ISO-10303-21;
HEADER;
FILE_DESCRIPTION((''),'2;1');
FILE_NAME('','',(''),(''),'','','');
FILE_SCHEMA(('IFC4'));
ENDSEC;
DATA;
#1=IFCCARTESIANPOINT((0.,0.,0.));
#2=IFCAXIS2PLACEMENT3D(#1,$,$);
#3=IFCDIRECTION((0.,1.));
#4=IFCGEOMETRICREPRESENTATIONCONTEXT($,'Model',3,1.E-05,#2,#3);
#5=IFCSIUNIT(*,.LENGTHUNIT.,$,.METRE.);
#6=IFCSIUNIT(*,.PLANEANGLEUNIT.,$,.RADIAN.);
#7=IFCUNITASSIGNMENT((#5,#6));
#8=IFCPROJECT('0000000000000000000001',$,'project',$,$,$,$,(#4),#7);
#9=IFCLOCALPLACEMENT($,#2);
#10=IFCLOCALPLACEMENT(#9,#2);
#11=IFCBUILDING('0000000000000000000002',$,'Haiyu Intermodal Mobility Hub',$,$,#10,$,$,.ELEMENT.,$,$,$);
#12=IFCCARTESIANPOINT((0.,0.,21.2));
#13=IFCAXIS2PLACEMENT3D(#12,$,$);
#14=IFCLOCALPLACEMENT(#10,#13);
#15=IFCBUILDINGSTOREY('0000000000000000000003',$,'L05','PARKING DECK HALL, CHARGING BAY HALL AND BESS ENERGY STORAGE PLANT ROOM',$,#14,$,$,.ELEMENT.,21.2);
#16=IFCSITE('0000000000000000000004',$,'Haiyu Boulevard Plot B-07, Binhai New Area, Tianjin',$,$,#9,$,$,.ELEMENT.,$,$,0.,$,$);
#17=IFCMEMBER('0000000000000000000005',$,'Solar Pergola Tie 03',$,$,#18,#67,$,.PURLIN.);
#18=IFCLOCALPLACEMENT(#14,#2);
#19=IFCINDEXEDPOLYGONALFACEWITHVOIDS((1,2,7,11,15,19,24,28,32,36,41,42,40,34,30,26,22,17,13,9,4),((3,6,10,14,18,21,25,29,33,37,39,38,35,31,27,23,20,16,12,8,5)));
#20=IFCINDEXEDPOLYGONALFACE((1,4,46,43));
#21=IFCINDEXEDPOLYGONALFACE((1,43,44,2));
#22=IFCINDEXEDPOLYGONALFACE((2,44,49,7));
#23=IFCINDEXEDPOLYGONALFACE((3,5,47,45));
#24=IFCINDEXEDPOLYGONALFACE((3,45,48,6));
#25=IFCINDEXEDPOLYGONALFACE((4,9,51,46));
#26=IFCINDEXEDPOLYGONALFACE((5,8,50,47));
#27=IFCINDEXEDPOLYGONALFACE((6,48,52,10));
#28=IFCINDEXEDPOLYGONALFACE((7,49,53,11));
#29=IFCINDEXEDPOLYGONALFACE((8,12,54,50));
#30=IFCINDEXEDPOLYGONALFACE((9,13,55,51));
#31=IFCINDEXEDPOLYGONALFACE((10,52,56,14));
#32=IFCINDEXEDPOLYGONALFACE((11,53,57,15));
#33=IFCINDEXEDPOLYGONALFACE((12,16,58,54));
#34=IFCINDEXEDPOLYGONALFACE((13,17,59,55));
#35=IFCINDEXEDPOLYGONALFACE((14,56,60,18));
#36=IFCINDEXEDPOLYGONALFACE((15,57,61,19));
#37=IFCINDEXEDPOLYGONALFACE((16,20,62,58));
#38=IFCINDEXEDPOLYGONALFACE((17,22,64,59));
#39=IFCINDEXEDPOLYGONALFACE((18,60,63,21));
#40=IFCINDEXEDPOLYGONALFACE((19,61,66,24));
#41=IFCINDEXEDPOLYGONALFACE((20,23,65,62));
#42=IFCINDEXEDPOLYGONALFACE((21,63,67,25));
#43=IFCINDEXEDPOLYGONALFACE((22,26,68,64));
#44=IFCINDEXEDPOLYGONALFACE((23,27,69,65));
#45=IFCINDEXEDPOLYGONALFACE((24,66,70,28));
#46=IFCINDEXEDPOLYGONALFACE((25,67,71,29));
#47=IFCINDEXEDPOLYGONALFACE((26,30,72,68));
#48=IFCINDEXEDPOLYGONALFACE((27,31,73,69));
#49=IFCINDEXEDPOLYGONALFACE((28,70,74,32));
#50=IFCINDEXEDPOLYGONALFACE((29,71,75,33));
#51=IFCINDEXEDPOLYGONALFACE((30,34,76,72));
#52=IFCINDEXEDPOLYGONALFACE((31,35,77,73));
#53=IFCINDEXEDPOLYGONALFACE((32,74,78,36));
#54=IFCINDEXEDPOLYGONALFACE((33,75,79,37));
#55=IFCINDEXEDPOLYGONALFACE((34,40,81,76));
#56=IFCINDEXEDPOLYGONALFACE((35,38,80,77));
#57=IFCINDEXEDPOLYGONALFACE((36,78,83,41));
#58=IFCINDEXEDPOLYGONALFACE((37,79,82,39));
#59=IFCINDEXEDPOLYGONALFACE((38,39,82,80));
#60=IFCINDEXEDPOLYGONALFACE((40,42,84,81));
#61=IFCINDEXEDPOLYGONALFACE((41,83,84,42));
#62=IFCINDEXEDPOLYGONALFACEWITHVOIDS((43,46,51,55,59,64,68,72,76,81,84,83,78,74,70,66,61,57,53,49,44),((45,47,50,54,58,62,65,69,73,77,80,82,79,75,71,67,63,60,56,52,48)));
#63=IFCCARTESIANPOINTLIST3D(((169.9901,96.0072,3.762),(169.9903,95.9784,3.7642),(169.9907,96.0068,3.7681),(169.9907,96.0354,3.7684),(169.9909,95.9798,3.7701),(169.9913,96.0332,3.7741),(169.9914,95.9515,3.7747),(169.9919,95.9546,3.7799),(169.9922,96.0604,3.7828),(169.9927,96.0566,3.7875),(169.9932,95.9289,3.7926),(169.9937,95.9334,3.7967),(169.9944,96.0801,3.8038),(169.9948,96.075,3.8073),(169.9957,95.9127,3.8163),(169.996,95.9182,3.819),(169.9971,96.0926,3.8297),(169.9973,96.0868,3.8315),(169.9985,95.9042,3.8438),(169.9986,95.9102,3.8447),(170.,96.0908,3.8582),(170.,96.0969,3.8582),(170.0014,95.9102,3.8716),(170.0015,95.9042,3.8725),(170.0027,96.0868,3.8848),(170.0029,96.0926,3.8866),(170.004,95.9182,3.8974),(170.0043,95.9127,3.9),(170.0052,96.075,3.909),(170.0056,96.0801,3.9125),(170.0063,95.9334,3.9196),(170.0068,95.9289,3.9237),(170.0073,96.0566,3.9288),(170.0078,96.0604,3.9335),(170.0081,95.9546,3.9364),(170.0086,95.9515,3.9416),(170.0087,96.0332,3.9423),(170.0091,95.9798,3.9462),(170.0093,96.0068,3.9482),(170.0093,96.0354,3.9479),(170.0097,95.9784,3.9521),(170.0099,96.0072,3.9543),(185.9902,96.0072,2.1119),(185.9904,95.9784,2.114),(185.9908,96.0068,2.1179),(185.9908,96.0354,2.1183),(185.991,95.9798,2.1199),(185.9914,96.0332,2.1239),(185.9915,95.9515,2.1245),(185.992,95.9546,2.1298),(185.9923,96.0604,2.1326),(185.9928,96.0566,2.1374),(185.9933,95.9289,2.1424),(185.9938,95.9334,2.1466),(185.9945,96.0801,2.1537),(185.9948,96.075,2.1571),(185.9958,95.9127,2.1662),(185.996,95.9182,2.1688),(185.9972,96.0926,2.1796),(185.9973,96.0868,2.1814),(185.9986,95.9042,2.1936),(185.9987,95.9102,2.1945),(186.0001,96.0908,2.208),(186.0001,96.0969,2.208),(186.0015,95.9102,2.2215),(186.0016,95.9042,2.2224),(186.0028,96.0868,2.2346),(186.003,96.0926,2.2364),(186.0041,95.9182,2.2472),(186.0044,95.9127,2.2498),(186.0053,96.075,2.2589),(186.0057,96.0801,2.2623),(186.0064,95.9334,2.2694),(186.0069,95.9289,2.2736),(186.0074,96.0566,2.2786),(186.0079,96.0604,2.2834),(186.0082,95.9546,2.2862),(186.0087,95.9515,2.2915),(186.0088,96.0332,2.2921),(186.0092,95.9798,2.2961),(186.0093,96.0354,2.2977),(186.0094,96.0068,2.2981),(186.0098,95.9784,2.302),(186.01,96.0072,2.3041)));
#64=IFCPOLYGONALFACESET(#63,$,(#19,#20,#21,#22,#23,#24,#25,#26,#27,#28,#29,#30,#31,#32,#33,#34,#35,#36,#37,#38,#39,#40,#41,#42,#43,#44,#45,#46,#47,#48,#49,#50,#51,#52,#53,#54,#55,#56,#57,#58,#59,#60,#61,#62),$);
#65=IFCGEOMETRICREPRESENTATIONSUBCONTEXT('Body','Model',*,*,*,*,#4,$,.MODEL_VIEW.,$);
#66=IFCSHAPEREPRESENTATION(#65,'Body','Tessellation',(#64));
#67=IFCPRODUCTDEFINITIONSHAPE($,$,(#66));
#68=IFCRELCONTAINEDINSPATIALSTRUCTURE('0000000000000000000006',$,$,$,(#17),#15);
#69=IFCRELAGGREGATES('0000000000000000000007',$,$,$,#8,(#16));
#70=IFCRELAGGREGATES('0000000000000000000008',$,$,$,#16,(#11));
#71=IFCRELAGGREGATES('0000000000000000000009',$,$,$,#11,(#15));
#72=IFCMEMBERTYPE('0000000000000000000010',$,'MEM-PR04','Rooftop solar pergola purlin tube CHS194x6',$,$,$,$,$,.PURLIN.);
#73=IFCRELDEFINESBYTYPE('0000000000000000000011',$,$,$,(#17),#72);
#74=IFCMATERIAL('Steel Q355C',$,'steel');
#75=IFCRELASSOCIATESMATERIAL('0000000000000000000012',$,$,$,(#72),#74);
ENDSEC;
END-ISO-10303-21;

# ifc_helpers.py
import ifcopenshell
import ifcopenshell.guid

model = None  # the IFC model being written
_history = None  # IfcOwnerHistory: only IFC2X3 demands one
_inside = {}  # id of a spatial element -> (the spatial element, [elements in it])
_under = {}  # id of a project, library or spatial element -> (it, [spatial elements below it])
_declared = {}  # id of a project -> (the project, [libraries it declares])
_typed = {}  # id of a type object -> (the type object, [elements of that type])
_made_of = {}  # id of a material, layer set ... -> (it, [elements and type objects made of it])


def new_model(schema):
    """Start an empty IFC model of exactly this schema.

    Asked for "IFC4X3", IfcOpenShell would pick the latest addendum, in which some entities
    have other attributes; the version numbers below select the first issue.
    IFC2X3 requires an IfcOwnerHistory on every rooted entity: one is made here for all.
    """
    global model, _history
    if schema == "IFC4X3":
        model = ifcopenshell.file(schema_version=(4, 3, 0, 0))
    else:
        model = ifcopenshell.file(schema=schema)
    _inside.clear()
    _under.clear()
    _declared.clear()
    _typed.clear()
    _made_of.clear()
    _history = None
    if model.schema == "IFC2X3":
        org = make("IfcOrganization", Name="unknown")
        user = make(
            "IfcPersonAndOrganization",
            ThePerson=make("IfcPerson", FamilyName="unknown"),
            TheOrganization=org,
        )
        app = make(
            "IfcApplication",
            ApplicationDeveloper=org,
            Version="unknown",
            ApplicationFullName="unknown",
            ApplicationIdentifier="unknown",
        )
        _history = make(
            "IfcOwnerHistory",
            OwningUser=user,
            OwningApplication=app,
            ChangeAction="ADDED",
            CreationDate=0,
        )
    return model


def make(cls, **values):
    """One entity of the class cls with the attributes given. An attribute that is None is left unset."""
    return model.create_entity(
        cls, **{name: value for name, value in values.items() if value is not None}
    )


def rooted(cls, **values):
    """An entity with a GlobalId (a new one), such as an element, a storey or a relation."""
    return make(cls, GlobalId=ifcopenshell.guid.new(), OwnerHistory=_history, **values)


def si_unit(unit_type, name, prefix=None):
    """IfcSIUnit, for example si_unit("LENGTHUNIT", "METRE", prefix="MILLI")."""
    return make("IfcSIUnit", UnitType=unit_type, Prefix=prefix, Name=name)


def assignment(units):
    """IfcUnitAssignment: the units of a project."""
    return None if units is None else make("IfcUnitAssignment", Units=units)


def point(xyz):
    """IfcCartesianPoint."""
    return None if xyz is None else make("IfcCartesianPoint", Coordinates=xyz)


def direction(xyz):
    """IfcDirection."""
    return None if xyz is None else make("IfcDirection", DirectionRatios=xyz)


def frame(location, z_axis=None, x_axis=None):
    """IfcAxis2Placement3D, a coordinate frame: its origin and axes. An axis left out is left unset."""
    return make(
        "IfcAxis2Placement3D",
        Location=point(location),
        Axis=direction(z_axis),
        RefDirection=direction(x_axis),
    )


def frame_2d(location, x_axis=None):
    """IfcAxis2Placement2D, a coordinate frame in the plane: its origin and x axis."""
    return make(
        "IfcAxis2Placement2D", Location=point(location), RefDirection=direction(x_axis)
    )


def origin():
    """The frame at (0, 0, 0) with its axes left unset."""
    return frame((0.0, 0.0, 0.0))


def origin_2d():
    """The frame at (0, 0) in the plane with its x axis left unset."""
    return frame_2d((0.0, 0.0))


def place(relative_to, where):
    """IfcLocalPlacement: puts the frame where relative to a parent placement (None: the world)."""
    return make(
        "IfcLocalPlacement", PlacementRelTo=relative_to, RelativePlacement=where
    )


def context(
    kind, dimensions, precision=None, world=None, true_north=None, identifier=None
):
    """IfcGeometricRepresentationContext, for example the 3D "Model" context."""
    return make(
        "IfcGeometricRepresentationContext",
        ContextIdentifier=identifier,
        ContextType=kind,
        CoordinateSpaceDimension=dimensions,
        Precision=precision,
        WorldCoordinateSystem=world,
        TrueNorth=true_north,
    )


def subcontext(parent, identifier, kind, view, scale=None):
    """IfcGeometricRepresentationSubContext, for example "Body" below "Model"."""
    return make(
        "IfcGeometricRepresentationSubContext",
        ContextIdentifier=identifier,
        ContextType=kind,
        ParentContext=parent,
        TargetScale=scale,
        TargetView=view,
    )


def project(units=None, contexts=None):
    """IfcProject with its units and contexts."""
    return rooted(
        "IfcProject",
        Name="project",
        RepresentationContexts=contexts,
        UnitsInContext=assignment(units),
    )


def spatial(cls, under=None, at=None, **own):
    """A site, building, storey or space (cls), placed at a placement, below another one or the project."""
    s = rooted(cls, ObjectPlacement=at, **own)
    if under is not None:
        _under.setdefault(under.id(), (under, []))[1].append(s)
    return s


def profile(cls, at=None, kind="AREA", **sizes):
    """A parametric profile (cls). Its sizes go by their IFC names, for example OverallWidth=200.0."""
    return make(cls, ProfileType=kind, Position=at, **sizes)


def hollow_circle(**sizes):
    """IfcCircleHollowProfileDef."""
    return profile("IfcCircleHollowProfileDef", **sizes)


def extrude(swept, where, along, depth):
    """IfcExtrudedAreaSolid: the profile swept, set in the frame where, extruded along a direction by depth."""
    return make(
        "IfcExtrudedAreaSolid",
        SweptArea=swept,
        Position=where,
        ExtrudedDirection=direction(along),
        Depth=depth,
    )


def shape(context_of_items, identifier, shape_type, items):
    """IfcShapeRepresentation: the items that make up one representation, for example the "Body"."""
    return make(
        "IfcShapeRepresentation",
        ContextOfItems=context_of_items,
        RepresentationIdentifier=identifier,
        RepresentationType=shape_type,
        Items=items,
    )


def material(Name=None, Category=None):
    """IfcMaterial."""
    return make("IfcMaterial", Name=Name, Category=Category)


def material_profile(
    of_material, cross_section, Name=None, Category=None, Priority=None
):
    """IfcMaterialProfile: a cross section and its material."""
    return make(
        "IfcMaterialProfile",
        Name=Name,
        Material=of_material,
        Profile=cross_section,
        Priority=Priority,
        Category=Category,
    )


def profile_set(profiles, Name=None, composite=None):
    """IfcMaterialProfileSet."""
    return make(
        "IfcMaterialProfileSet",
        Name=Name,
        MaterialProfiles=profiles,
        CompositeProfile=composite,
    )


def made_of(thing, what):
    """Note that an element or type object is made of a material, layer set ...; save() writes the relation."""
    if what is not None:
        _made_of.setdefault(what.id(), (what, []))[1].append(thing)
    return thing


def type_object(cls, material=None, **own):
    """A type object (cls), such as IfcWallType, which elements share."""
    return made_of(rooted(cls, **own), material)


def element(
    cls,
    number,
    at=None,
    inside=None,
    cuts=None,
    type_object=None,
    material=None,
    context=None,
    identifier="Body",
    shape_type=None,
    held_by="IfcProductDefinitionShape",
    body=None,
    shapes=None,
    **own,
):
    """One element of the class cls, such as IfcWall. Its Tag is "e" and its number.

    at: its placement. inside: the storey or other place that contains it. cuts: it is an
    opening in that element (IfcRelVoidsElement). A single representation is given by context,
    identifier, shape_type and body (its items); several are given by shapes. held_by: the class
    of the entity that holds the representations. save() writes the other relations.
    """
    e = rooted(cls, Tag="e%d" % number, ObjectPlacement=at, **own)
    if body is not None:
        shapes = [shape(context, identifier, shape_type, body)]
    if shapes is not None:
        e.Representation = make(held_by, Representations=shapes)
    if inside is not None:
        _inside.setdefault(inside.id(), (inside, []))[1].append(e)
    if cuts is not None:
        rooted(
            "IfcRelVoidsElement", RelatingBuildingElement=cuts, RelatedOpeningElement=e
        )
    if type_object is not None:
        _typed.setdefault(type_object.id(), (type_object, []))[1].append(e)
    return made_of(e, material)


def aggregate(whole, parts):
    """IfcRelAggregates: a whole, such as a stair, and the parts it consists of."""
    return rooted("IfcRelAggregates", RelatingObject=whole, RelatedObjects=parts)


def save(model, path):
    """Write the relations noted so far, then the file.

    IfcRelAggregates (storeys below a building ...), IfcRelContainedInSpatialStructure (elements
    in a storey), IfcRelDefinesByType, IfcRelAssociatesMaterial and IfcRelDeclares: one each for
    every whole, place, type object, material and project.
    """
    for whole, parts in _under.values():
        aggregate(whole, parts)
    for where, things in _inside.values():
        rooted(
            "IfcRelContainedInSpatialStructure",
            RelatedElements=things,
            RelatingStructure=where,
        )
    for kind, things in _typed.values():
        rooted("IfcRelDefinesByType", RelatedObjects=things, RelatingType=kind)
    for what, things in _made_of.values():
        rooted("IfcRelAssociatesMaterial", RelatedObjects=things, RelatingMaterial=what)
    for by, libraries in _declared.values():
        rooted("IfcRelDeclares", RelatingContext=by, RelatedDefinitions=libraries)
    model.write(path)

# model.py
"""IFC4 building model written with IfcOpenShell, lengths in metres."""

from ifc_helpers import new_model, si_unit, direction, frame, origin, origin_2d, place, context, subcontext, project, spatial, hollow_circle, extrude, material, material_profile, profile_set, type_object, element, save


model = new_model("IFC4")

# Units and contexts
model_context = context("Model", 3, precision=1e-05, world=origin(), true_north=direction((0.0, 1.0)))
body_context = subcontext(model_context, "Body", "Model", "MODEL_VIEW")
ifc_project = project(units=[si_unit("LENGTHUNIT", "METRE"), si_unit("PLANEANGLEUNIT", "RADIAN")], contexts=[model_context])

# Site, building, storey
site_placement = place(None, origin())
site = spatial("IfcSite", under=ifc_project, at=site_placement, Name="Haiyu Boulevard Plot B-07, Binhai New Area, Tianjin", CompositionType="ELEMENT", RefElevation=0.0)
building_placement = place(site_placement, origin())
building = spatial("IfcBuilding", under=site, at=building_placement, Name="Haiyu Intermodal Mobility Hub", CompositionType="ELEMENT")
storey_placement = place(building_placement, frame((0.0, 0.0, 21.2)))
storey = spatial("IfcBuildingStorey", under=building, at=storey_placement, Name="L05", Description="PARKING DECK HALL, CHARGING BAY HALL AND BESS ENERGY STORAGE PLANT ROOM", CompositionType="ELEMENT", Elevation=21.2)

# Shared definitions
ifc_material_1 = material(Name="Steel Q355C", Category="steel")

# Member
ifc_material_profile_1 = material_profile(ifc_material_1, hollow_circle(Radius=0.0969, WallThickness=0.0061, at=origin_2d()), Name="CHS194x6")
ifc_profile_set_1 = profile_set([ifc_material_profile_1], Name="Steel Q355C")
member_type_1 = type_object("IfcMemberType", Name="MEM-PR04", Description="Rooftop solar pergola purlin tube CHS194x6", PredefinedType="PURLIN", material=ifc_profile_set_1)
member_1_placement = place(storey_placement, frame((170.0, 96.0, 3.8582), z_axis=(0.994724, 0.0, -0.10259), x_axis=(0.0, 1.0, 0.0)))
element("IfcMember", 1, at=member_1_placement, inside=storey, type_object=member_type_1, Name="Solar Pergola Tie 03", PredefinedType="PURLIN", context=body_context, shape_type="SweptSolid", body=[
    extrude(hollow_circle(Radius=0.0969, WallThickness=0.0061, at=origin_2d()), origin(), (0.0, 0.0, 1.0), 16.085),
])

save(model, "model.ifc")
